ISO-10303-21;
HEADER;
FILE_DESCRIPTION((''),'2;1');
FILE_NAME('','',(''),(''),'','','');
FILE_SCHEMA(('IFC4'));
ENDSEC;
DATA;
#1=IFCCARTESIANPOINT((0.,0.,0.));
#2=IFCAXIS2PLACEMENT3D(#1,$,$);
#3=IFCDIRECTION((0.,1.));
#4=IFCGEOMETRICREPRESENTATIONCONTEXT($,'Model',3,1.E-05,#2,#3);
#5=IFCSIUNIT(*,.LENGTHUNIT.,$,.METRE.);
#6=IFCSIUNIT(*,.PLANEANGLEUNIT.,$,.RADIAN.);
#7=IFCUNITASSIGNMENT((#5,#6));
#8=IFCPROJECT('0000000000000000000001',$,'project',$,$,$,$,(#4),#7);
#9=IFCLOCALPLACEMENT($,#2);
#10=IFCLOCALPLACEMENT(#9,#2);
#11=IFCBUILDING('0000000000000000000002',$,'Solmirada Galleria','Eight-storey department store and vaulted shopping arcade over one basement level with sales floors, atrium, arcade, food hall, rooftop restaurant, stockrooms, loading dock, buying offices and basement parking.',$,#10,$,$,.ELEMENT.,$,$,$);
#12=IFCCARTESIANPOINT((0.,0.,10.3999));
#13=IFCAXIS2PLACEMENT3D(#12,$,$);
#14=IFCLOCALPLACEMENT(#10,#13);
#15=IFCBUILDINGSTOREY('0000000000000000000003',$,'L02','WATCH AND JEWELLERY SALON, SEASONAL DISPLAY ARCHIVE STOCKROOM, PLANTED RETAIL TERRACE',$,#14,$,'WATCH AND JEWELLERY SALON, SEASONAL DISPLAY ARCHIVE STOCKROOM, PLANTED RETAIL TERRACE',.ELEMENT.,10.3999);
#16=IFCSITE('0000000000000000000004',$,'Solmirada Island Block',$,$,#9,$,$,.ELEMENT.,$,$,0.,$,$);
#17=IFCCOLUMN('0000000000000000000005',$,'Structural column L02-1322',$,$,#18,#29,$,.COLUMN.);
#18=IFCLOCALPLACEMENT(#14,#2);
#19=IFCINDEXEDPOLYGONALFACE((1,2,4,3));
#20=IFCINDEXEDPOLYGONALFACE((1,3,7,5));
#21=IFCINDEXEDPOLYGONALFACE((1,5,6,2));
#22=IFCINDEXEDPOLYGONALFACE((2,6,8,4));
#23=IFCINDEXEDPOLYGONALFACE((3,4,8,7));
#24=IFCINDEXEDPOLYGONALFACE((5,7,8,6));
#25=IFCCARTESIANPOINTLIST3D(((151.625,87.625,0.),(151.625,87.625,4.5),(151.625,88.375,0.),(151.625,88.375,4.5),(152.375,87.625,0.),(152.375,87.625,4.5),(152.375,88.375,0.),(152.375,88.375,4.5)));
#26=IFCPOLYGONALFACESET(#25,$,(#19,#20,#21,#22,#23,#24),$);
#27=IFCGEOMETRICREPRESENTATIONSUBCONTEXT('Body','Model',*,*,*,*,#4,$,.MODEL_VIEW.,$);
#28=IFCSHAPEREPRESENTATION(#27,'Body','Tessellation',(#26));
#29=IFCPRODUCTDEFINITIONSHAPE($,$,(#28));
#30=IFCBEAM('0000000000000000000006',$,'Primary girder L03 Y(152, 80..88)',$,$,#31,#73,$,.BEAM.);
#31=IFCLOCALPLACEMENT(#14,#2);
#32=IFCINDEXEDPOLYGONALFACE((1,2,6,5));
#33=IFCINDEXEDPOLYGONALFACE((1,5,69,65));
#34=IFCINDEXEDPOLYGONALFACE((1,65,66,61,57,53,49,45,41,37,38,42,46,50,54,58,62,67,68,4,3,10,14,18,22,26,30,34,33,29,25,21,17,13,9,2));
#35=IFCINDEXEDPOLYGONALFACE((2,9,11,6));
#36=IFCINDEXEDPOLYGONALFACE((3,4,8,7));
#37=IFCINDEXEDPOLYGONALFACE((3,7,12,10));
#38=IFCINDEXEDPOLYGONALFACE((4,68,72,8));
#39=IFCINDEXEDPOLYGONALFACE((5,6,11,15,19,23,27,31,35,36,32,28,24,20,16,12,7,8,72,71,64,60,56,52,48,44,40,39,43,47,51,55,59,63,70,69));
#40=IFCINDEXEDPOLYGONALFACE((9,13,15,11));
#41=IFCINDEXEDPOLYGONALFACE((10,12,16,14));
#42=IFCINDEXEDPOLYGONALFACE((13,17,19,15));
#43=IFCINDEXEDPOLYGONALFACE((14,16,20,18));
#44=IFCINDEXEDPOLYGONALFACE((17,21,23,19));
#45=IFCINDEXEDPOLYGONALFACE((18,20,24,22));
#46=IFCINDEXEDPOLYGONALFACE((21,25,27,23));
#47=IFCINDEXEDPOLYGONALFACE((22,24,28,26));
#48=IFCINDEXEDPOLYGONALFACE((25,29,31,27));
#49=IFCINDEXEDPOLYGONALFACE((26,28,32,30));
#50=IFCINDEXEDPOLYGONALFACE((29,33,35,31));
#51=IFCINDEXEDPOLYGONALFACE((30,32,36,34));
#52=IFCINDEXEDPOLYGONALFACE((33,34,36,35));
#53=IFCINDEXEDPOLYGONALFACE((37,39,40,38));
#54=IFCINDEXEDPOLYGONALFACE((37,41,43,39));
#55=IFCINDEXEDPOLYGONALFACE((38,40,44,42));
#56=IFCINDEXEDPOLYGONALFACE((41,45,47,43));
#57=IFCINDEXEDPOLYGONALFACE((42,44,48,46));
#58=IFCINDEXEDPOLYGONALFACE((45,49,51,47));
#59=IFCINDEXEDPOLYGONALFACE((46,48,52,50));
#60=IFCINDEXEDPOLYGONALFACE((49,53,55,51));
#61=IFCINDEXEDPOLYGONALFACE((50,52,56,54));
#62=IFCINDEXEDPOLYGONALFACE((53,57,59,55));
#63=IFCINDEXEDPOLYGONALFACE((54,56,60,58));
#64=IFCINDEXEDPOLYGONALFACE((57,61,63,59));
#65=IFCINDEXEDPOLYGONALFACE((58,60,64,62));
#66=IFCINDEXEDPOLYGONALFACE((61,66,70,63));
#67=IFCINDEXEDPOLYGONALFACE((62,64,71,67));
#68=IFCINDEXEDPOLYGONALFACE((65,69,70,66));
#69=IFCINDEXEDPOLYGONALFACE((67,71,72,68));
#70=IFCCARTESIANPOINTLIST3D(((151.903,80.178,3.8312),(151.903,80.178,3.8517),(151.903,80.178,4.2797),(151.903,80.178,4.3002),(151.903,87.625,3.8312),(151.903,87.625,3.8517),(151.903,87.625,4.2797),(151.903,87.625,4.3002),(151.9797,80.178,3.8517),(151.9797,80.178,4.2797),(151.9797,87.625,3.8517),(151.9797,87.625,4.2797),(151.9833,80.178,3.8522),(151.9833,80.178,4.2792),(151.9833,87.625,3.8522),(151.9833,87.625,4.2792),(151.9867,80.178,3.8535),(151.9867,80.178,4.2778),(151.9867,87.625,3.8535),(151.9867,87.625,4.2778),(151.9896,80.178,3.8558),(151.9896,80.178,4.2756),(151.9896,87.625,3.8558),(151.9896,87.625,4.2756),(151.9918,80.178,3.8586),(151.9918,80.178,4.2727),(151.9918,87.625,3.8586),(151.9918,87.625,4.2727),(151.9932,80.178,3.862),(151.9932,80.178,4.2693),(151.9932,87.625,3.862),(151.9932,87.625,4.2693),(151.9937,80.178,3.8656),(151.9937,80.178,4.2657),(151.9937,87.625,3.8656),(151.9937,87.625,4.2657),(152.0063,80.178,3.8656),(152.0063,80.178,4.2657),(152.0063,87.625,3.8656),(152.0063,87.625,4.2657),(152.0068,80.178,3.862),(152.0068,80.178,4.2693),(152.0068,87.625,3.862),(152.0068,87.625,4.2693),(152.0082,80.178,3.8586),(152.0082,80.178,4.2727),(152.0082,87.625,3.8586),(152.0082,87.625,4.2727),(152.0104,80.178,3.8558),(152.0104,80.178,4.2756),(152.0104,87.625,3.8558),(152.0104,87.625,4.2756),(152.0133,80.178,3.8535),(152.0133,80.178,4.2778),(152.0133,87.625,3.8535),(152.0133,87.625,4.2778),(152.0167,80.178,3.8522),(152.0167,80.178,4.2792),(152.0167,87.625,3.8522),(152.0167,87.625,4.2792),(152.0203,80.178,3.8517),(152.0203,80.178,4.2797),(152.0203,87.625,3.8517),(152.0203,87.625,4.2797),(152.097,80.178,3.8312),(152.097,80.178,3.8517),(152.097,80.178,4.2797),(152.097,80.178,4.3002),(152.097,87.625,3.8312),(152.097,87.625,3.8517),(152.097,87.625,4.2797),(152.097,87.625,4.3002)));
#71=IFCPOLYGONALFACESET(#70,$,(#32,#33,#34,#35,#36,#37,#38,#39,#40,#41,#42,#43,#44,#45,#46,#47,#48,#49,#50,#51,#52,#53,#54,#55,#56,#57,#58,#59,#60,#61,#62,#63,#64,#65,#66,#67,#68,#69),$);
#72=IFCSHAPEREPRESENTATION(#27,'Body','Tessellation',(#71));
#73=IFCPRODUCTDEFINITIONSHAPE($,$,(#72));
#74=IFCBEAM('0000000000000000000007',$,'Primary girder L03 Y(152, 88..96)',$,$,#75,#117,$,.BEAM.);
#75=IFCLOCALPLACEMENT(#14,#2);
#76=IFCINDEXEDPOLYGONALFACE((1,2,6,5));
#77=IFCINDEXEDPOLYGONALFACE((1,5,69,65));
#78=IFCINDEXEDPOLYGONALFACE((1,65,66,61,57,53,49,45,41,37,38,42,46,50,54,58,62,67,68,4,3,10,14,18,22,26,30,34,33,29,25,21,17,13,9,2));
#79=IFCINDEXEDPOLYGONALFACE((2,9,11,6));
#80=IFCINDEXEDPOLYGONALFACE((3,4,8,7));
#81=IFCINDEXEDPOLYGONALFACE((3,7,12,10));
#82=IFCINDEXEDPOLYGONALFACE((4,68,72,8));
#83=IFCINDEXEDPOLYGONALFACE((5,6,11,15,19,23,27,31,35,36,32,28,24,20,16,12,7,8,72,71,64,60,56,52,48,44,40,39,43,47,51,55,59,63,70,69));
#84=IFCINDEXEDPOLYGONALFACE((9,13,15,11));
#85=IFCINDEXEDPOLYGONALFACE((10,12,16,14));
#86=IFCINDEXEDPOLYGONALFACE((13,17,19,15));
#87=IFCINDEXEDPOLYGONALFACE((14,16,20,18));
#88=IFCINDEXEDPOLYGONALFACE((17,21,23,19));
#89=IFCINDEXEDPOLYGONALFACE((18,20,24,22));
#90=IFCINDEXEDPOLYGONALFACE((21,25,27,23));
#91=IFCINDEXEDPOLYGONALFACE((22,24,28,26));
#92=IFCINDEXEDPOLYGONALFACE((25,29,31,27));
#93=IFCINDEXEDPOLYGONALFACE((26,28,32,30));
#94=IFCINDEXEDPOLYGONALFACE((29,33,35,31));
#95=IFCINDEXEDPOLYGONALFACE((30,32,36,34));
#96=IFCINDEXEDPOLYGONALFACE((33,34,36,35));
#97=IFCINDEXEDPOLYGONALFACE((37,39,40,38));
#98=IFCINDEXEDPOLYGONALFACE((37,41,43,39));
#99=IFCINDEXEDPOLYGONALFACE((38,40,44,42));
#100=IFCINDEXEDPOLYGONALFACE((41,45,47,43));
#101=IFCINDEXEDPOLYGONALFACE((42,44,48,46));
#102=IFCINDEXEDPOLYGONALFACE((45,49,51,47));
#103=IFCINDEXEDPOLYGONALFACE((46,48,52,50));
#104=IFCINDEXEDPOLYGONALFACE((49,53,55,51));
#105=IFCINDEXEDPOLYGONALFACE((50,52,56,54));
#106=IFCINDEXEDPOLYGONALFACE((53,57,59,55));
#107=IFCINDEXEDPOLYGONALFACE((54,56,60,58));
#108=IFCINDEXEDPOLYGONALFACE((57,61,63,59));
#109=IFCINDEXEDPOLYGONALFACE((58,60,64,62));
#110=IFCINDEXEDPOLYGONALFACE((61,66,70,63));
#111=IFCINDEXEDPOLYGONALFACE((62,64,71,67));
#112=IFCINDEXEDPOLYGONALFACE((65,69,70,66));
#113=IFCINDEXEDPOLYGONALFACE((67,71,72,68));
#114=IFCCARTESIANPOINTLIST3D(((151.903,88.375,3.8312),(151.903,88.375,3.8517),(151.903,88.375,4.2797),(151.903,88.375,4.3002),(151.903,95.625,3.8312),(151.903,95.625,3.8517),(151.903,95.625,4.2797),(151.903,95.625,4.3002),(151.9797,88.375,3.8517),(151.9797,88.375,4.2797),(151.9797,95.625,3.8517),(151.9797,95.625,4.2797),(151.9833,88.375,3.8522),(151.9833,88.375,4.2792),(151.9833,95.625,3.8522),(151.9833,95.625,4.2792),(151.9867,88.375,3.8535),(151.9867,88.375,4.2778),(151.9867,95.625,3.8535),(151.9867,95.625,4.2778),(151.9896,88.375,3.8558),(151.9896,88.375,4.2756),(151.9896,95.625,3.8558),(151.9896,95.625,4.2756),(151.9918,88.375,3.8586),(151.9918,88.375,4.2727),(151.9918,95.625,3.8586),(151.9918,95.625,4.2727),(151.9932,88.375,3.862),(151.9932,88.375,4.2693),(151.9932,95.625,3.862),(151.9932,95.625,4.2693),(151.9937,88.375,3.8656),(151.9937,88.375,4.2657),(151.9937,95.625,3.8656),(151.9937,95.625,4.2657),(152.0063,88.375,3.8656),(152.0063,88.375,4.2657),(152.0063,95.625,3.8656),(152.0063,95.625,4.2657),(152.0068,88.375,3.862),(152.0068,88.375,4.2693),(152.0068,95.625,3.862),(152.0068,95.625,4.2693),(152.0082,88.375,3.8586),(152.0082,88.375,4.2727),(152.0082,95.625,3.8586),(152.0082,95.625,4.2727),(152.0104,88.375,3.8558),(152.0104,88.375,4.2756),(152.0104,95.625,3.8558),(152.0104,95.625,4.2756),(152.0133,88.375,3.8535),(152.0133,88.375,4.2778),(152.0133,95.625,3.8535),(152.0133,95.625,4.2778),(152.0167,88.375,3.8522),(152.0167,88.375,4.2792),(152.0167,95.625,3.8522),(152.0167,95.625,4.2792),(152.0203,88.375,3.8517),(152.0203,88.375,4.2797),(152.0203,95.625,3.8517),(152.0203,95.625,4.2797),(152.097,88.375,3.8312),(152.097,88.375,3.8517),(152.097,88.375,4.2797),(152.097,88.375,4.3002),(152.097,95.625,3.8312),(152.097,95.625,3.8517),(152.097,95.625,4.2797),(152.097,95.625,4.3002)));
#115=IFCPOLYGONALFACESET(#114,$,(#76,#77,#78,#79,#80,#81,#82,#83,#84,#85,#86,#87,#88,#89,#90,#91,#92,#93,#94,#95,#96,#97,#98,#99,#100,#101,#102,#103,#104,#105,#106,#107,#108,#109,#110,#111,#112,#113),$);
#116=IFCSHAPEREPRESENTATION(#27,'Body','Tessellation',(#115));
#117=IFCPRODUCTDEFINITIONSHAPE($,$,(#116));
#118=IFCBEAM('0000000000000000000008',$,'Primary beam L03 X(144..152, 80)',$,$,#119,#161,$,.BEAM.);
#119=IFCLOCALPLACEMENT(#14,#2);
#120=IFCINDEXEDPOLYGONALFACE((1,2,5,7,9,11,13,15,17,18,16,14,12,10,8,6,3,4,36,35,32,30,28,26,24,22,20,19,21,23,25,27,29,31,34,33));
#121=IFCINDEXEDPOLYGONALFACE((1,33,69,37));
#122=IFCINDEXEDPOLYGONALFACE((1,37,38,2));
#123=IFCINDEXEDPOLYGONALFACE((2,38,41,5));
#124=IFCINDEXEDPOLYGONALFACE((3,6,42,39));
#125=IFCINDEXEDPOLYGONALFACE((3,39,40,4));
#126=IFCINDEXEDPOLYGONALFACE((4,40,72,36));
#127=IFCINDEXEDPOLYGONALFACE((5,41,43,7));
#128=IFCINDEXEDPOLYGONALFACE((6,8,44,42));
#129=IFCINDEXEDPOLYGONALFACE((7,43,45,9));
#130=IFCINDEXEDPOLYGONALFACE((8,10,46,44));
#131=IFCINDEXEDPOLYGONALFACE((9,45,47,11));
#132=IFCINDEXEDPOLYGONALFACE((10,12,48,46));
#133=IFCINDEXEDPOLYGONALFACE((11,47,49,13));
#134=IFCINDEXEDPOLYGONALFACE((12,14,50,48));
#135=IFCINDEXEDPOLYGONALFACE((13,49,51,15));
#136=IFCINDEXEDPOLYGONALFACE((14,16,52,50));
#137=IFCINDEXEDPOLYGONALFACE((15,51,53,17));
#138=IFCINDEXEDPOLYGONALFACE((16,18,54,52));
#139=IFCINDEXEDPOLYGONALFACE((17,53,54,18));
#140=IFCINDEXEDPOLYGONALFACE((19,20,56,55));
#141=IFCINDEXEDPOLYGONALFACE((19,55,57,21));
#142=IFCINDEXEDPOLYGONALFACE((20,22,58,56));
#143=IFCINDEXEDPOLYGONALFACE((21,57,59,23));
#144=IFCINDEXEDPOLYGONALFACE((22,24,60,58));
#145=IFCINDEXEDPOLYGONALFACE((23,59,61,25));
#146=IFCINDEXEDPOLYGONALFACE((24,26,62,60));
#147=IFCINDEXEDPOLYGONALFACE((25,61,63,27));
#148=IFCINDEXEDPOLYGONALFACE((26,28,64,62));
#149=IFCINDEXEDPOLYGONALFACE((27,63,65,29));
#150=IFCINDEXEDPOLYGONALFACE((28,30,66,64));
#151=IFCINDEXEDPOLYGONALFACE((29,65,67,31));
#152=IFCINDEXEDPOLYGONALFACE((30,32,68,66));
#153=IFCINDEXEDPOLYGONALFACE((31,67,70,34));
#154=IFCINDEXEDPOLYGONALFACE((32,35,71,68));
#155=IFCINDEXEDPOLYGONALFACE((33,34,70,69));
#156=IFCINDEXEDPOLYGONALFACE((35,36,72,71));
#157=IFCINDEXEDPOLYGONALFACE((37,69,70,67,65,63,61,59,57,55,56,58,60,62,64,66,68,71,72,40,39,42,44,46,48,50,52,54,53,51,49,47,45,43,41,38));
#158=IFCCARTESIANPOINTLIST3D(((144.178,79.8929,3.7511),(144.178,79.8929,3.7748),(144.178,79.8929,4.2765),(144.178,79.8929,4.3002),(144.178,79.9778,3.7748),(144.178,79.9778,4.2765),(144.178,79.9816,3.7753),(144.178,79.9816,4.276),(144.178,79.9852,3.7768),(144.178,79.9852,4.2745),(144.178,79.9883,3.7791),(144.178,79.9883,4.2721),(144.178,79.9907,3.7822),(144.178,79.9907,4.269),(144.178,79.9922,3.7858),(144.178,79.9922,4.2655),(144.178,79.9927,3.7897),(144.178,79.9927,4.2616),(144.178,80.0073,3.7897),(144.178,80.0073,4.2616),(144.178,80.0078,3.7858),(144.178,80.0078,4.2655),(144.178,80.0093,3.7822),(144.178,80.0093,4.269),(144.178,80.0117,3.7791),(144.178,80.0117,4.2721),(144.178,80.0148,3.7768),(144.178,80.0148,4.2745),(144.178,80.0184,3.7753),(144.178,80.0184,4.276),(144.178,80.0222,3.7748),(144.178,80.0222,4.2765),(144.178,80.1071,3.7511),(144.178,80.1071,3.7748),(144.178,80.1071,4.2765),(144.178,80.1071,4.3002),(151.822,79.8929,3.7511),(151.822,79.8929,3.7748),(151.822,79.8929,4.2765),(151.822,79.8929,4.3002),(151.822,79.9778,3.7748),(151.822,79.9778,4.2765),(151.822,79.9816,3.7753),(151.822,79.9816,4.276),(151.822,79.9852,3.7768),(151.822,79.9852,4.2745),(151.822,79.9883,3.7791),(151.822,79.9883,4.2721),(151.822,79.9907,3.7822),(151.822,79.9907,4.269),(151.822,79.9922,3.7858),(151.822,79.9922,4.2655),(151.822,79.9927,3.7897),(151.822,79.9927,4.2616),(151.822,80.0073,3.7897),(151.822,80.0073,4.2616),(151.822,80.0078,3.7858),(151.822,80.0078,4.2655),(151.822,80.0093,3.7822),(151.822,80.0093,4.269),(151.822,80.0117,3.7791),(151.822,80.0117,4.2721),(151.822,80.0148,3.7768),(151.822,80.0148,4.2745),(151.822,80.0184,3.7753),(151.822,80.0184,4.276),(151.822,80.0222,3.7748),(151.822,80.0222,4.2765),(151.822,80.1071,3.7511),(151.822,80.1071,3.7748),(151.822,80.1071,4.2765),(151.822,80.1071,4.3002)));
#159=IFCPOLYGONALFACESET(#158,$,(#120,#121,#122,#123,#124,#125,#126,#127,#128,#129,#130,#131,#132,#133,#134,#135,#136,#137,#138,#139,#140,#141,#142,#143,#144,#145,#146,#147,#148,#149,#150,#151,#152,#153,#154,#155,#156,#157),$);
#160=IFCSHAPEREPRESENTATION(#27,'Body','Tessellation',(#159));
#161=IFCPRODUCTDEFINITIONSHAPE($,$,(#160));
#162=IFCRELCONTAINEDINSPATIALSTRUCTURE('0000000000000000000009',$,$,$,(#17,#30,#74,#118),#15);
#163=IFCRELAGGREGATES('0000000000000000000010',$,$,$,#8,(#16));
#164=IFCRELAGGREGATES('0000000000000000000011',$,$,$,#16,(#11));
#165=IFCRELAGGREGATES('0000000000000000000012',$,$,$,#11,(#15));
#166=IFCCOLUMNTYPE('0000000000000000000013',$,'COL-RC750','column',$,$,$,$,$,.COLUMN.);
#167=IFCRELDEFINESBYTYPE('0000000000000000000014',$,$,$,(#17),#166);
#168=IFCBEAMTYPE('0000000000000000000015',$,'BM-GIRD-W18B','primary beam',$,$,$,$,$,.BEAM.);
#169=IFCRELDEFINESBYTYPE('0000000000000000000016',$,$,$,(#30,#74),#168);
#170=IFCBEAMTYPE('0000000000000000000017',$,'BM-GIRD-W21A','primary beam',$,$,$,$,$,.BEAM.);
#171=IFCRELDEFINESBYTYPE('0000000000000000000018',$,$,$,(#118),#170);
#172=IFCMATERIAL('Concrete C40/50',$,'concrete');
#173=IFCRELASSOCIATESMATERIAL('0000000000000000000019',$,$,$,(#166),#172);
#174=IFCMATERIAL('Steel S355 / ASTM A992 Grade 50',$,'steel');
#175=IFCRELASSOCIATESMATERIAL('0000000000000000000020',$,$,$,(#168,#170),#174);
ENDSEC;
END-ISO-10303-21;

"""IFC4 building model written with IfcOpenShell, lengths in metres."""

from ifc_helpers import new_model, si_unit, direction, frame, origin, origin_2d, place, context, subcontext, project, spatial, rectangle, i_section, extrude, material, material_profile, profile_set, type_object, element, save


model = new_model("IFC4")

# Units and contexts
model_context = context("Model", 3, precision=1e-05, world=origin(), true_north=direction((0.0, 1.0)))
body_context = subcontext(model_context, "Body", "Model", "MODEL_VIEW")
ifc_project = project(units=[si_unit("LENGTHUNIT", "METRE"), si_unit("PLANEANGLEUNIT", "RADIAN")], contexts=[model_context])

# Site, building, storey
site_placement = place(None, origin())
site = spatial("IfcSite", under=ifc_project, at=site_placement, Name="Solmirada Island Block", CompositionType="ELEMENT", RefElevation=0.0)
building_placement = place(site_placement, origin())
building = spatial("IfcBuilding", under=site, at=building_placement, Name="Solmirada Galleria", Description="Eight-storey department store and vaulted shopping arcade over one basement level with sales floors, atrium, arcade, food hall, rooftop restaurant, stockrooms, loading dock, buying offices and basement parking.", CompositionType="ELEMENT")
storey_placement = place(building_placement, frame((0.0, 0.0, 10.3999)))
storey = spatial("IfcBuildingStorey", under=building, at=storey_placement, Name="L02", Description="WATCH AND JEWELLERY SALON, SEASONAL DISPLAY ARCHIVE STOCKROOM, PLANTED RETAIL TERRACE", LongName="WATCH AND JEWELLERY SALON, SEASONAL DISPLAY ARCHIVE STOCKROOM, PLANTED RETAIL TERRACE", CompositionType="ELEMENT", Elevation=10.3999)

# Column
ifc_material_1 = material(Name="Concrete C40/50", Category="concrete")
ifc_material_profile_1 = material_profile(ifc_material_1, rectangle(XDim=0.75, YDim=0.75, at=origin_2d()), Name="RC750X750")
ifc_profile_set_1 = profile_set([ifc_material_profile_1], Name="Concrete C40/50")
column_type_1 = type_object("IfcColumnType", Name="COL-RC750", Description="column", PredefinedType="COLUMN", material=ifc_profile_set_1)
column_1_placement = place(storey_placement, frame((152.0, 88.0, 0.0), z_axis=(0.0, 0.0, 1.0), x_axis=(1.0, 0.0, 0.0)))
element("IfcColumn", 1, at=column_1_placement, inside=storey, type_object=column_type_1, Name="Structural column L02-1322", PredefinedType="COLUMN", context=body_context, shape_type="SweptSolid", body=[
    extrude(rectangle(XDim=0.75, YDim=0.75, at=origin_2d()), origin(), (0.0, 0.0, 1.0), 4.5),
])

# Beams
ifc_material_2 = material(Name="Steel S355 / ASTM A992 Grade 50", Category="steel")
ifc_material_profile_2 = material_profile(ifc_material_2, i_section(OverallWidth=0.1941, OverallDepth=0.469, WebThickness=0.0127, FlangeThickness=0.0205, FilletRadius=0.0139, at=origin_2d()), Name="W18X71")
ifc_profile_set_2 = profile_set([ifc_material_profile_2], Name="Steel S355 / ASTM A992 Grade 50")
beam_type_1 = type_object("IfcBeamType", Name="BM-GIRD-W18B", Description="primary beam", PredefinedType="BEAM", material=ifc_profile_set_2)
beam_1_placement = place(storey_placement, frame((152.0, 80.178, 4.0657), z_axis=(0.0, 1.0, 0.0), x_axis=(-1.0, 0.0, 0.0)))
element("IfcBeam", 2, at=beam_1_placement, inside=storey, type_object=beam_type_1, Name="Primary girder L03 Y(152, 80..88)", PredefinedType="BEAM", context=body_context, shape_type="SweptSolid", body=[
    extrude(i_section(OverallWidth=0.1941, OverallDepth=0.469, WebThickness=0.0127, FlangeThickness=0.0205, FilletRadius=0.0139, at=origin_2d()), origin(), (0.0, 0.0, 1.0), 7.447),
])
beam_2_placement = place(storey_placement, frame((152.0, 88.375, 4.0657), z_axis=(0.0, 1.0, 0.0), x_axis=(-1.0, 0.0, 0.0)))
element("IfcBeam", 3, at=beam_2_placement, inside=storey, type_object=beam_type_1, Name="Primary girder L03 Y(152, 88..96)", PredefinedType="BEAM", context=body_context, shape_type="SweptSolid", body=[
    extrude(i_section(OverallWidth=0.1941, OverallDepth=0.469, WebThickness=0.0127, FlangeThickness=0.0205, FilletRadius=0.0139, at=origin_2d()), origin(), (0.0, 0.0, 1.0), 7.25),
])
ifc_material_profile_3 = material_profile(ifc_material_2, i_section(OverallWidth=0.2141, OverallDepth=0.5491, WebThickness=0.0146, FlangeThickness=0.0237, FilletRadius=0.0149, at=origin_2d()), Name="W21X93")
ifc_profile_set_3 = profile_set([ifc_material_profile_3], Name="Steel S355 / ASTM A992 Grade 50")
beam_type_2 = type_object("IfcBeamType", Name="BM-GIRD-W21A", Description="primary beam", PredefinedType="BEAM", material=ifc_profile_set_3)
for number, where, z_axis, x_axis, name in (
    (4, (144.178, 80.0, 4.0256), (1.0, 0.0, 0.0), (0.0, 1.0, 0.0), "Primary beam L03 X(144..152, 80)"),
):
    element("IfcBeam", number, at=place(storey_placement, frame(where, z_axis=z_axis, x_axis=x_axis)), inside=storey, type_object=beam_type_2, Name=name, PredefinedType="BEAM", context=body_context, shape_type="SweptSolid", body=[
        extrude(i_section(OverallWidth=0.2141, OverallDepth=0.5491, WebThickness=0.0146, FlangeThickness=0.0237, FilletRadius=0.0149, at=origin_2d()), origin(), (0.0, 0.0, 1.0), 7.644),
    ])

save(model, "model.ifc")
